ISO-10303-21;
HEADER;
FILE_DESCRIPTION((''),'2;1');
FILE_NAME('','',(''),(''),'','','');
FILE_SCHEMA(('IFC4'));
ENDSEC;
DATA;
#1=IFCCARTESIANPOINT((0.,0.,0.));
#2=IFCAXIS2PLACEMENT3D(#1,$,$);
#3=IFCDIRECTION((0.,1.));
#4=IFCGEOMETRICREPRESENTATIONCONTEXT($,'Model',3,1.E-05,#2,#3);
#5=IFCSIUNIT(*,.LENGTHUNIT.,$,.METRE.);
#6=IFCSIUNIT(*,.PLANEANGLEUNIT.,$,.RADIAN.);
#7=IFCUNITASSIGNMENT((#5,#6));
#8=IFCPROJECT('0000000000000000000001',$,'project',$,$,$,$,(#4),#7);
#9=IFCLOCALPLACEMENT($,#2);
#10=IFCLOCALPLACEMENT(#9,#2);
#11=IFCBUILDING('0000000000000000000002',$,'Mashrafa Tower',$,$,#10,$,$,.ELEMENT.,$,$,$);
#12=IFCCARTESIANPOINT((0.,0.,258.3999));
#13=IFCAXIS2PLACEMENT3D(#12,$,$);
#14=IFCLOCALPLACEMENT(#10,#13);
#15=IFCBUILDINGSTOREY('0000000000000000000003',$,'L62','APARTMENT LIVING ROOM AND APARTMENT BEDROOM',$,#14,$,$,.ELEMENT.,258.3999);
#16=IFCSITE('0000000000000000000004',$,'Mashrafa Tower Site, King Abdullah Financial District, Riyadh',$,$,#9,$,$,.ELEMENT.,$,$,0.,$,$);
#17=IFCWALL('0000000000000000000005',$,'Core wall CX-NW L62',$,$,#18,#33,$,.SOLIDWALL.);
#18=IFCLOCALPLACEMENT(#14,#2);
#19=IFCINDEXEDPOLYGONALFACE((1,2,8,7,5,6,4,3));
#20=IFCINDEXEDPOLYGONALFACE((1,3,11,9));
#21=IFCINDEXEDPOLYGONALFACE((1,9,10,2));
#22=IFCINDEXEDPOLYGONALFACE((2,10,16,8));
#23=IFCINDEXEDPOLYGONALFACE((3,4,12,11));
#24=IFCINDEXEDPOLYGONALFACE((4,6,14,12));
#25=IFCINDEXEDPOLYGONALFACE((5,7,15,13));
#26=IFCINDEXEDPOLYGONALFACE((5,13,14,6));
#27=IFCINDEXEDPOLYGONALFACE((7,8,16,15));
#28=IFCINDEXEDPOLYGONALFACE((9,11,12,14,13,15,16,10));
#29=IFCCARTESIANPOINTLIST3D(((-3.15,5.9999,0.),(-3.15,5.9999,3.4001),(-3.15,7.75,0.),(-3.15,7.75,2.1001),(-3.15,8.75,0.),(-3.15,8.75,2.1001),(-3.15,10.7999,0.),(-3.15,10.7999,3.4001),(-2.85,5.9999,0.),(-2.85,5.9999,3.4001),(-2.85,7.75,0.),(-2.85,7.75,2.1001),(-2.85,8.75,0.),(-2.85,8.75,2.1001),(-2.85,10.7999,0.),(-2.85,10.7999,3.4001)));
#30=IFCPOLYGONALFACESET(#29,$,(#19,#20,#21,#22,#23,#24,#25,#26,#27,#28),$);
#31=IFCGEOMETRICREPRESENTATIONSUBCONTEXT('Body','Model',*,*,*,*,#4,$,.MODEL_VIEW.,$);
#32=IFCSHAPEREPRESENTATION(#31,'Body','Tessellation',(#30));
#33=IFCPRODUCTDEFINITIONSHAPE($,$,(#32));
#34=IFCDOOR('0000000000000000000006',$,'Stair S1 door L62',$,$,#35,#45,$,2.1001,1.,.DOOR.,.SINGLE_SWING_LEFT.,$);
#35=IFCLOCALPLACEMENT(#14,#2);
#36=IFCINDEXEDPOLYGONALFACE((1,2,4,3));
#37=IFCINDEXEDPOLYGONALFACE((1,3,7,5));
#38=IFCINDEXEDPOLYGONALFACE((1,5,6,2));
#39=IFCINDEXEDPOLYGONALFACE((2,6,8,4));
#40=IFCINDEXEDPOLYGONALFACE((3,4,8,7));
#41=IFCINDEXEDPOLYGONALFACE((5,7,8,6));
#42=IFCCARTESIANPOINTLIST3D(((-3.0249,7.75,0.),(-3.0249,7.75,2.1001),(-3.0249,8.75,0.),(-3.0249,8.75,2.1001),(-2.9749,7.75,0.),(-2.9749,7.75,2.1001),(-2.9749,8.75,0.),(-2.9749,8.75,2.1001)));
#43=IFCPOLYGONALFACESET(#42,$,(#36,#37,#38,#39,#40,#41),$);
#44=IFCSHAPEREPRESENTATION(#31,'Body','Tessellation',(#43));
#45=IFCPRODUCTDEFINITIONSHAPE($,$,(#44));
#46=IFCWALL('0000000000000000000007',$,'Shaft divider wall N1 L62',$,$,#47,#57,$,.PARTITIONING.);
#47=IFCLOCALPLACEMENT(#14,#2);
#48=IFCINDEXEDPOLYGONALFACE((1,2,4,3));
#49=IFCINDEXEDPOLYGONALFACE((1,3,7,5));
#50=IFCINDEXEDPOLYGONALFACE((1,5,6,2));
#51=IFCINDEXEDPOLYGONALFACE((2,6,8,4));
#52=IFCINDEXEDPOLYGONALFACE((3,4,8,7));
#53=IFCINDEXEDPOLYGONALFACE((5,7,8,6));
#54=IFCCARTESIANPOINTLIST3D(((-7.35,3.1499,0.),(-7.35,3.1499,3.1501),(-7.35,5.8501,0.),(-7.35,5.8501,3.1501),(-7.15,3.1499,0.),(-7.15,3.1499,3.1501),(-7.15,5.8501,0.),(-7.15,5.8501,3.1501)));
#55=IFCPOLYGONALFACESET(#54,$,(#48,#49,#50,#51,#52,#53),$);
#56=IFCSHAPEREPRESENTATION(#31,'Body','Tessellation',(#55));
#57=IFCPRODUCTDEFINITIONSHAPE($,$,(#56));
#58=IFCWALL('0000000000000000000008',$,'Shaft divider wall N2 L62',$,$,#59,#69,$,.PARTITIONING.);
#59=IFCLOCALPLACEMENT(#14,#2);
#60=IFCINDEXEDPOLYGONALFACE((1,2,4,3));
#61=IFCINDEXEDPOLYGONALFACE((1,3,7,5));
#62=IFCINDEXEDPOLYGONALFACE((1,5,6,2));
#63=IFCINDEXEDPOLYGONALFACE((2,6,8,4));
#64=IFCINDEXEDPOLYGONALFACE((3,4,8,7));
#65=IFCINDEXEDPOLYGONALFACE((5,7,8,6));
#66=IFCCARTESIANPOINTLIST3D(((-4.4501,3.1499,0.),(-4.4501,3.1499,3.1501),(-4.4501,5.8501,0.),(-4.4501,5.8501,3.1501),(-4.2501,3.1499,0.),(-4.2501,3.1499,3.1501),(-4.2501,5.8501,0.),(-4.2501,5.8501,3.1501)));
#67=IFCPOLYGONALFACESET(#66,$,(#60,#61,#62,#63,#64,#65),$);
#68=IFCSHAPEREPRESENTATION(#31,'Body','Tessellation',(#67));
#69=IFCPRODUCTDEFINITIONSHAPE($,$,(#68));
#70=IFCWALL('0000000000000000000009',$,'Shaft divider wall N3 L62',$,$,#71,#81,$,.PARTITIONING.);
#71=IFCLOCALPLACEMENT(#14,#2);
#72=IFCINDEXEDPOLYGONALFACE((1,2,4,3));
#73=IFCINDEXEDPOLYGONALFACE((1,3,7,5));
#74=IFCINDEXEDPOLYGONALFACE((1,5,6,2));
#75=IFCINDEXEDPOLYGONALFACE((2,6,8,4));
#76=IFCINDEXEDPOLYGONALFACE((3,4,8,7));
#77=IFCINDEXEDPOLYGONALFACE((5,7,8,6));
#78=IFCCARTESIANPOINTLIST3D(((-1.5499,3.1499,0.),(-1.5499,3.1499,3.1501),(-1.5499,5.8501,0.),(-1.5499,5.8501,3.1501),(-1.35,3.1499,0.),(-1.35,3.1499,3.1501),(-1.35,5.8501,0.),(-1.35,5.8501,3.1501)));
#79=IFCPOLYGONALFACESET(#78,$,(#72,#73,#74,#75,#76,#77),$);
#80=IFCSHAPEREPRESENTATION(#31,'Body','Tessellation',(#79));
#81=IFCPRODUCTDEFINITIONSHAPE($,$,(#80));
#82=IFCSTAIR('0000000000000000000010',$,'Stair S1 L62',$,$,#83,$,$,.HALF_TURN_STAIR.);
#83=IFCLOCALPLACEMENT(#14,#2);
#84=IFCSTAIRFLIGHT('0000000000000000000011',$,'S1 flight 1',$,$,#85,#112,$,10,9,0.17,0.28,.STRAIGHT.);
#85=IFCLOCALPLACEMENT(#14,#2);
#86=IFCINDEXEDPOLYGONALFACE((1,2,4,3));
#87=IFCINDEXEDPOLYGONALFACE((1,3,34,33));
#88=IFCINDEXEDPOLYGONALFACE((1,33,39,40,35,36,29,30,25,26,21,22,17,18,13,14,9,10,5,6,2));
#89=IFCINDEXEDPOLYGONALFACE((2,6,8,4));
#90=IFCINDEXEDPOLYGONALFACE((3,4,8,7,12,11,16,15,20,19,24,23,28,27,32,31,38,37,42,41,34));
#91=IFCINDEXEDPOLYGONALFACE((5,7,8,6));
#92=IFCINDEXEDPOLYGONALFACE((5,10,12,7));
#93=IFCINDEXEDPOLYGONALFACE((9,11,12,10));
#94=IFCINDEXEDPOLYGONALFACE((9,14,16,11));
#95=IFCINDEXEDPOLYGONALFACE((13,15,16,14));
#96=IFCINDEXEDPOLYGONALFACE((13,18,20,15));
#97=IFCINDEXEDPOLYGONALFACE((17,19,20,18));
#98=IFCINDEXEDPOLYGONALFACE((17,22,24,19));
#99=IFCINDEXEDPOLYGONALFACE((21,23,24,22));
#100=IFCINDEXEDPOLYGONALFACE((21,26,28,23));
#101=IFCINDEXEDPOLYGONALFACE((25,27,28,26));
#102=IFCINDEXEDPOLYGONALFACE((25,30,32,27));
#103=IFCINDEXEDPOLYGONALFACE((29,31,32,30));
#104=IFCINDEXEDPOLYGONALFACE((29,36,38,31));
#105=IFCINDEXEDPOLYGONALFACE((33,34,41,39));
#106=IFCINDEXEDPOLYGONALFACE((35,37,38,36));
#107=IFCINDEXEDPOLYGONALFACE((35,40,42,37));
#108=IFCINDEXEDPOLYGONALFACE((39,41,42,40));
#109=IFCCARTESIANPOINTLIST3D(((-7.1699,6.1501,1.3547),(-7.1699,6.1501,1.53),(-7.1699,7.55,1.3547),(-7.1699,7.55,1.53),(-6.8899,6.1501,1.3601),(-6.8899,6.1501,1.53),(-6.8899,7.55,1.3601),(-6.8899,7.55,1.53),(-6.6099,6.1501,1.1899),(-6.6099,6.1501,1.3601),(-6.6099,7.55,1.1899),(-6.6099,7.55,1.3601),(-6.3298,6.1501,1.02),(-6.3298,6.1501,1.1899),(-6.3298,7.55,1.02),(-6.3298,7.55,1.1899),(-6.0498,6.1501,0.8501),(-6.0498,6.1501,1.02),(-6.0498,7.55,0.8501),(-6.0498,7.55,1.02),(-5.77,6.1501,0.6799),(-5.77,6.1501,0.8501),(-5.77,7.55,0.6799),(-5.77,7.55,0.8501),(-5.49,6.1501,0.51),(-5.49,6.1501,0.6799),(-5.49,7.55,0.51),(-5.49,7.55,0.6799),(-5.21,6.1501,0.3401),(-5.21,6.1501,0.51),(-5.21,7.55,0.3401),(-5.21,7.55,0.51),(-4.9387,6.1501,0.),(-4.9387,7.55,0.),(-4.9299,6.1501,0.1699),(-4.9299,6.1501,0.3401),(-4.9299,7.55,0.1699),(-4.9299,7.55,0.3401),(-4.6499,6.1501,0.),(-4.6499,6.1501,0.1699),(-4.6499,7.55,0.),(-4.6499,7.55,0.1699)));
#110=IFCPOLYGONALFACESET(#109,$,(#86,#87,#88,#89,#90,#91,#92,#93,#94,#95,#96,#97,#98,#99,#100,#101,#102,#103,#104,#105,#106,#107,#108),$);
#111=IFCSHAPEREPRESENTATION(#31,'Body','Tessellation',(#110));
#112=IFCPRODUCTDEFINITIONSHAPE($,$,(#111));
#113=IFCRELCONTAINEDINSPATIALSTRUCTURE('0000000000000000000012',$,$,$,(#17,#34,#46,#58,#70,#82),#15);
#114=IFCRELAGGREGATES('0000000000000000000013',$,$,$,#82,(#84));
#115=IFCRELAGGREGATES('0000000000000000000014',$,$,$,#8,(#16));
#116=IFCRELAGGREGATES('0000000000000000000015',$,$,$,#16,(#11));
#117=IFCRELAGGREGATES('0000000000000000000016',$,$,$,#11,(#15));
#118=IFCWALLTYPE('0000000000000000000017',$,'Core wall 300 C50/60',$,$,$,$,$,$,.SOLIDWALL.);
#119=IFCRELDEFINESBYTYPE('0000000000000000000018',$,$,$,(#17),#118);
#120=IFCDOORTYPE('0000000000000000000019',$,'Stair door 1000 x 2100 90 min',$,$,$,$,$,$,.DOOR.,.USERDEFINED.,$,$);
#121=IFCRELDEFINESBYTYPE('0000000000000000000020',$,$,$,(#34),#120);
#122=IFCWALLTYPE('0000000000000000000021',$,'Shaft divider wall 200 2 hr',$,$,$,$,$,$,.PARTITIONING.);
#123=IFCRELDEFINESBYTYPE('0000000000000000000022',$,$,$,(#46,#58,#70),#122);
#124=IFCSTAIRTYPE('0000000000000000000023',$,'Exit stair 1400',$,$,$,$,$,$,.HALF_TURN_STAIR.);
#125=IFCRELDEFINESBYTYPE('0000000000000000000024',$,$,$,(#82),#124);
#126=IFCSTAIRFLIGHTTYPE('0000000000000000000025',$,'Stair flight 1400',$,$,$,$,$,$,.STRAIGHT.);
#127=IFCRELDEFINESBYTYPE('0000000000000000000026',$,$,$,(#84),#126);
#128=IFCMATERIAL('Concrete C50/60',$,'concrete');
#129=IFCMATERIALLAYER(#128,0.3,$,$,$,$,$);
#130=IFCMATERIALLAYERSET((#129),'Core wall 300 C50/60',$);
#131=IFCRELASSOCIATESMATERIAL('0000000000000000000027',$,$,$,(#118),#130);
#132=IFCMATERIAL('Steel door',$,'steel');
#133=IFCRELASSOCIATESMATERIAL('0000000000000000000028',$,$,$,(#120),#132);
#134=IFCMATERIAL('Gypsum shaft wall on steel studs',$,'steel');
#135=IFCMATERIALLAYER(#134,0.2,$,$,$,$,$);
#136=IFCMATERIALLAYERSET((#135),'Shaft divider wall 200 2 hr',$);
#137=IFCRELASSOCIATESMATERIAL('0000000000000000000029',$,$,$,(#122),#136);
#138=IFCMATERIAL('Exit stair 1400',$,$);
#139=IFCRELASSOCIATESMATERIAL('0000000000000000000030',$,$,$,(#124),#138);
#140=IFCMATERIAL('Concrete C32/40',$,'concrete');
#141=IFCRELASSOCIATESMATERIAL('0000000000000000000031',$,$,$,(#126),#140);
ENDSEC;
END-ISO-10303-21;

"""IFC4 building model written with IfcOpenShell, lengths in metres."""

from ifc_helpers import new_model, si_unit, direction, frame, frame_2d, origin, place, context, subcontext, project, spatial, polyline, rectangle, outline, extrude, material, layer, layer_set, type_object, element, fill, aggregate, save


model = new_model("IFC4")

# Units and contexts
model_context = context("Model", 3, precision=1e-05, world=origin(), true_north=direction((0.0, 1.0)))
body_context = subcontext(model_context, "Body", "Model", "MODEL_VIEW")
ifc_project = project(units=[si_unit("LENGTHUNIT", "METRE"), si_unit("PLANEANGLEUNIT", "RADIAN")], contexts=[model_context])

# Site, building, storey
site_placement = place(None, origin())
site = spatial("IfcSite", under=ifc_project, at=site_placement, Name="Mashrafa Tower Site, King Abdullah Financial District, Riyadh", CompositionType="ELEMENT", RefElevation=0.0)
building_placement = place(site_placement, origin())
building = spatial("IfcBuilding", under=site, at=building_placement, Name="Mashrafa Tower", CompositionType="ELEMENT")
storey_placement = place(building_placement, frame((0.0, 0.0, 258.3999)))
storey = spatial("IfcBuildingStorey", under=building, at=storey_placement, Name="L62", Description="APARTMENT LIVING ROOM AND APARTMENT BEDROOM", CompositionType="ELEMENT", Elevation=258.3999)

# Shared definitions
ifc_material_1 = material(Name="Concrete C50/60", Category="concrete")
ifc_layer_1 = layer(ifc_material_1, 0.3)
ifc_layer_set_1 = layer_set([ifc_layer_1], Name="Core wall 300 C50/60")
wall_type_1 = type_object("IfcWallType", Name="Core wall 300 C50/60", PredefinedType="SOLIDWALL", material=ifc_layer_set_1)

# Wall, opening, door
wall_1_placement = place(storey_placement, frame((-3.0, 6.0, 0.0), z_axis=(0.0, 0.0, 1.0), x_axis=(0.0, 1.0, 0.0)))
wall_1 = element("IfcWall", 1, at=wall_1_placement, inside=storey, type_object=wall_type_1, Name="Core wall CX-NW L62", PredefinedType="SOLIDWALL", context=body_context, shape_type="SweptSolid", body=[
    extrude(rectangle(XDim=4.8, YDim=0.3, at=frame_2d((2.3999, 0.0))), origin(), (0.0, 0.0, 1.0), 3.4001),
])
opening_1_placement = place(wall_1_placement, frame((1.75, 0.0, 0.0)))
opening_1 = element("IfcOpeningElement", 2, at=opening_1_placement, cuts=wall_1, PredefinedType="OPENING", context=body_context, shape_type="SweptSolid", body=[
    extrude(rectangle(XDim=1.0, YDim=2.1001, at=frame_2d((0.5, 1.05))), frame((0.0, 0.1599, 0.0), z_axis=(0.0, -1.0, 0.0), x_axis=(1.0, 0.0, 0.0)), (0.0, 0.0, 1.0), 0.3201),
])
ifc_material_2 = material(Name="Steel door", Category="steel")
door_type_1 = type_object("IfcDoorType", Name="Stair door 1000 x 2100 90 min", OperationType="USERDEFINED", PredefinedType="DOOR", material=ifc_material_2)
door_1_placement = place(opening_1_placement, origin())
door_1 = element("IfcDoor", 3, at=door_1_placement, inside=storey, type_object=door_type_1, Name="Stair S1 door L62", OperationType="SINGLE_SWING_LEFT", OverallHeight=2.1001, OverallWidth=1.0, PredefinedType="DOOR", context=body_context, shape_type="SweptSolid", body=[
    extrude(rectangle(XDim=1.0, YDim=2.1001, at=frame_2d((0.5, 1.05))), frame((0.0, 0.0249, 0.0), z_axis=(0.0, -1.0, 0.0), x_axis=(1.0, 0.0, 0.0)), (0.0, 0.0, 1.0), 0.05),
])
fill(opening_1, door_1)

# Walls
ifc_material_3 = material(Name="Gypsum shaft wall on steel studs", Category="steel")
ifc_layer_2 = layer(ifc_material_3, 0.2)
ifc_layer_set_2 = layer_set([ifc_layer_2], Name="Shaft divider wall 200 2 hr")
wall_type_2 = type_object("IfcWallType", Name="Shaft divider wall 200 2 hr", PredefinedType="PARTITIONING", material=ifc_layer_set_2)
for number, where, z_axis, x_axis, name in (
    (4, (-7.25, 3.1499, 0.0), (0.0, 0.0, 1.0), (0.0, 1.0, 0.0), "Shaft divider wall N1 L62"),
    (5, (-4.3501, 3.1499, 0.0), (0.0, 0.0, 1.0), (0.0, 1.0, 0.0), "Shaft divider wall N2 L62"),
    (6, (-1.45, 3.1499, 0.0), (0.0, 0.0, 1.0), (0.0, 1.0, 0.0), "Shaft divider wall N3 L62"),
):
    element("IfcWall", number, at=place(storey_placement, frame(where, z_axis=z_axis, x_axis=x_axis)), inside=storey, type_object=wall_type_2, Name=name, PredefinedType="PARTITIONING", context=body_context, shape_type="SweptSolid", body=[
        extrude(rectangle(XDim=2.7002, YDim=0.2, at=frame_2d((1.3501, 0.0))), origin(), (0.0, 0.0, 1.0), 3.1501),
    ])

# Stair, stair flight
ifc_material_4 = material(Name="Exit stair 1400")
stair_type = type_object("IfcStairType", Name="Exit stair 1400", PredefinedType="HALF_TURN_STAIR", material=ifc_material_4)
stair_placement = place(storey_placement, origin())
stair = element("IfcStair", 7, at=stair_placement, inside=storey, type_object=stair_type, Name="Stair S1 L62", PredefinedType="HALF_TURN_STAIR")
ifc_material_5 = material(Name="Concrete C32/40", Category="concrete")
stair_flight_type = type_object("IfcStairFlightType", Name="Stair flight 1400", PredefinedType="STRAIGHT", material=ifc_material_5)
stair_flight_placement = place(storey_placement, frame((-4.6499, 6.8501, 0.0), z_axis=(0.0, 0.0, 1.0), x_axis=(-1.0, 0.0, 0.0)))
stair_flight = element("IfcStairFlight", 8, at=stair_flight_placement, type_object=stair_flight_type, Name="S1 flight 1", NumberOfRisers=10, NumberOfTreads=9, PredefinedType="STRAIGHT", RiserHeight=0.17, TreadLength=0.28, context=body_context, shape_type="SweptSolid", body=[
    extrude(outline(polyline([(0.0, 0.0), (0.0, 0.1699), (0.28, 0.1699), (0.28, 0.3401), (0.5601, 0.3401), (0.5601, 0.51), (0.8401, 0.51), (0.8401, 0.6799), (1.1201, 0.6799), (1.1201, 0.8501), (1.3999, 0.8501), (1.3999, 1.02), (1.6799, 1.02), (1.6799, 1.1899), (1.96, 1.1899), (1.96, 1.3601), (2.24, 1.3601), (2.24, 1.53), (2.52, 1.53), (2.52, 1.7), (2.52, 1.3547), (0.2888, 0.0), (0.0, 0.0)])), frame((0.0, 0.7, 0.0), z_axis=(0.0, -1.0, 0.0), x_axis=(1.0, 0.0, 0.0)), (0.0, 0.0, 1.0), 1.3999),
])
aggregate(stair, [stair_flight])

save(model, "model.ifc")
